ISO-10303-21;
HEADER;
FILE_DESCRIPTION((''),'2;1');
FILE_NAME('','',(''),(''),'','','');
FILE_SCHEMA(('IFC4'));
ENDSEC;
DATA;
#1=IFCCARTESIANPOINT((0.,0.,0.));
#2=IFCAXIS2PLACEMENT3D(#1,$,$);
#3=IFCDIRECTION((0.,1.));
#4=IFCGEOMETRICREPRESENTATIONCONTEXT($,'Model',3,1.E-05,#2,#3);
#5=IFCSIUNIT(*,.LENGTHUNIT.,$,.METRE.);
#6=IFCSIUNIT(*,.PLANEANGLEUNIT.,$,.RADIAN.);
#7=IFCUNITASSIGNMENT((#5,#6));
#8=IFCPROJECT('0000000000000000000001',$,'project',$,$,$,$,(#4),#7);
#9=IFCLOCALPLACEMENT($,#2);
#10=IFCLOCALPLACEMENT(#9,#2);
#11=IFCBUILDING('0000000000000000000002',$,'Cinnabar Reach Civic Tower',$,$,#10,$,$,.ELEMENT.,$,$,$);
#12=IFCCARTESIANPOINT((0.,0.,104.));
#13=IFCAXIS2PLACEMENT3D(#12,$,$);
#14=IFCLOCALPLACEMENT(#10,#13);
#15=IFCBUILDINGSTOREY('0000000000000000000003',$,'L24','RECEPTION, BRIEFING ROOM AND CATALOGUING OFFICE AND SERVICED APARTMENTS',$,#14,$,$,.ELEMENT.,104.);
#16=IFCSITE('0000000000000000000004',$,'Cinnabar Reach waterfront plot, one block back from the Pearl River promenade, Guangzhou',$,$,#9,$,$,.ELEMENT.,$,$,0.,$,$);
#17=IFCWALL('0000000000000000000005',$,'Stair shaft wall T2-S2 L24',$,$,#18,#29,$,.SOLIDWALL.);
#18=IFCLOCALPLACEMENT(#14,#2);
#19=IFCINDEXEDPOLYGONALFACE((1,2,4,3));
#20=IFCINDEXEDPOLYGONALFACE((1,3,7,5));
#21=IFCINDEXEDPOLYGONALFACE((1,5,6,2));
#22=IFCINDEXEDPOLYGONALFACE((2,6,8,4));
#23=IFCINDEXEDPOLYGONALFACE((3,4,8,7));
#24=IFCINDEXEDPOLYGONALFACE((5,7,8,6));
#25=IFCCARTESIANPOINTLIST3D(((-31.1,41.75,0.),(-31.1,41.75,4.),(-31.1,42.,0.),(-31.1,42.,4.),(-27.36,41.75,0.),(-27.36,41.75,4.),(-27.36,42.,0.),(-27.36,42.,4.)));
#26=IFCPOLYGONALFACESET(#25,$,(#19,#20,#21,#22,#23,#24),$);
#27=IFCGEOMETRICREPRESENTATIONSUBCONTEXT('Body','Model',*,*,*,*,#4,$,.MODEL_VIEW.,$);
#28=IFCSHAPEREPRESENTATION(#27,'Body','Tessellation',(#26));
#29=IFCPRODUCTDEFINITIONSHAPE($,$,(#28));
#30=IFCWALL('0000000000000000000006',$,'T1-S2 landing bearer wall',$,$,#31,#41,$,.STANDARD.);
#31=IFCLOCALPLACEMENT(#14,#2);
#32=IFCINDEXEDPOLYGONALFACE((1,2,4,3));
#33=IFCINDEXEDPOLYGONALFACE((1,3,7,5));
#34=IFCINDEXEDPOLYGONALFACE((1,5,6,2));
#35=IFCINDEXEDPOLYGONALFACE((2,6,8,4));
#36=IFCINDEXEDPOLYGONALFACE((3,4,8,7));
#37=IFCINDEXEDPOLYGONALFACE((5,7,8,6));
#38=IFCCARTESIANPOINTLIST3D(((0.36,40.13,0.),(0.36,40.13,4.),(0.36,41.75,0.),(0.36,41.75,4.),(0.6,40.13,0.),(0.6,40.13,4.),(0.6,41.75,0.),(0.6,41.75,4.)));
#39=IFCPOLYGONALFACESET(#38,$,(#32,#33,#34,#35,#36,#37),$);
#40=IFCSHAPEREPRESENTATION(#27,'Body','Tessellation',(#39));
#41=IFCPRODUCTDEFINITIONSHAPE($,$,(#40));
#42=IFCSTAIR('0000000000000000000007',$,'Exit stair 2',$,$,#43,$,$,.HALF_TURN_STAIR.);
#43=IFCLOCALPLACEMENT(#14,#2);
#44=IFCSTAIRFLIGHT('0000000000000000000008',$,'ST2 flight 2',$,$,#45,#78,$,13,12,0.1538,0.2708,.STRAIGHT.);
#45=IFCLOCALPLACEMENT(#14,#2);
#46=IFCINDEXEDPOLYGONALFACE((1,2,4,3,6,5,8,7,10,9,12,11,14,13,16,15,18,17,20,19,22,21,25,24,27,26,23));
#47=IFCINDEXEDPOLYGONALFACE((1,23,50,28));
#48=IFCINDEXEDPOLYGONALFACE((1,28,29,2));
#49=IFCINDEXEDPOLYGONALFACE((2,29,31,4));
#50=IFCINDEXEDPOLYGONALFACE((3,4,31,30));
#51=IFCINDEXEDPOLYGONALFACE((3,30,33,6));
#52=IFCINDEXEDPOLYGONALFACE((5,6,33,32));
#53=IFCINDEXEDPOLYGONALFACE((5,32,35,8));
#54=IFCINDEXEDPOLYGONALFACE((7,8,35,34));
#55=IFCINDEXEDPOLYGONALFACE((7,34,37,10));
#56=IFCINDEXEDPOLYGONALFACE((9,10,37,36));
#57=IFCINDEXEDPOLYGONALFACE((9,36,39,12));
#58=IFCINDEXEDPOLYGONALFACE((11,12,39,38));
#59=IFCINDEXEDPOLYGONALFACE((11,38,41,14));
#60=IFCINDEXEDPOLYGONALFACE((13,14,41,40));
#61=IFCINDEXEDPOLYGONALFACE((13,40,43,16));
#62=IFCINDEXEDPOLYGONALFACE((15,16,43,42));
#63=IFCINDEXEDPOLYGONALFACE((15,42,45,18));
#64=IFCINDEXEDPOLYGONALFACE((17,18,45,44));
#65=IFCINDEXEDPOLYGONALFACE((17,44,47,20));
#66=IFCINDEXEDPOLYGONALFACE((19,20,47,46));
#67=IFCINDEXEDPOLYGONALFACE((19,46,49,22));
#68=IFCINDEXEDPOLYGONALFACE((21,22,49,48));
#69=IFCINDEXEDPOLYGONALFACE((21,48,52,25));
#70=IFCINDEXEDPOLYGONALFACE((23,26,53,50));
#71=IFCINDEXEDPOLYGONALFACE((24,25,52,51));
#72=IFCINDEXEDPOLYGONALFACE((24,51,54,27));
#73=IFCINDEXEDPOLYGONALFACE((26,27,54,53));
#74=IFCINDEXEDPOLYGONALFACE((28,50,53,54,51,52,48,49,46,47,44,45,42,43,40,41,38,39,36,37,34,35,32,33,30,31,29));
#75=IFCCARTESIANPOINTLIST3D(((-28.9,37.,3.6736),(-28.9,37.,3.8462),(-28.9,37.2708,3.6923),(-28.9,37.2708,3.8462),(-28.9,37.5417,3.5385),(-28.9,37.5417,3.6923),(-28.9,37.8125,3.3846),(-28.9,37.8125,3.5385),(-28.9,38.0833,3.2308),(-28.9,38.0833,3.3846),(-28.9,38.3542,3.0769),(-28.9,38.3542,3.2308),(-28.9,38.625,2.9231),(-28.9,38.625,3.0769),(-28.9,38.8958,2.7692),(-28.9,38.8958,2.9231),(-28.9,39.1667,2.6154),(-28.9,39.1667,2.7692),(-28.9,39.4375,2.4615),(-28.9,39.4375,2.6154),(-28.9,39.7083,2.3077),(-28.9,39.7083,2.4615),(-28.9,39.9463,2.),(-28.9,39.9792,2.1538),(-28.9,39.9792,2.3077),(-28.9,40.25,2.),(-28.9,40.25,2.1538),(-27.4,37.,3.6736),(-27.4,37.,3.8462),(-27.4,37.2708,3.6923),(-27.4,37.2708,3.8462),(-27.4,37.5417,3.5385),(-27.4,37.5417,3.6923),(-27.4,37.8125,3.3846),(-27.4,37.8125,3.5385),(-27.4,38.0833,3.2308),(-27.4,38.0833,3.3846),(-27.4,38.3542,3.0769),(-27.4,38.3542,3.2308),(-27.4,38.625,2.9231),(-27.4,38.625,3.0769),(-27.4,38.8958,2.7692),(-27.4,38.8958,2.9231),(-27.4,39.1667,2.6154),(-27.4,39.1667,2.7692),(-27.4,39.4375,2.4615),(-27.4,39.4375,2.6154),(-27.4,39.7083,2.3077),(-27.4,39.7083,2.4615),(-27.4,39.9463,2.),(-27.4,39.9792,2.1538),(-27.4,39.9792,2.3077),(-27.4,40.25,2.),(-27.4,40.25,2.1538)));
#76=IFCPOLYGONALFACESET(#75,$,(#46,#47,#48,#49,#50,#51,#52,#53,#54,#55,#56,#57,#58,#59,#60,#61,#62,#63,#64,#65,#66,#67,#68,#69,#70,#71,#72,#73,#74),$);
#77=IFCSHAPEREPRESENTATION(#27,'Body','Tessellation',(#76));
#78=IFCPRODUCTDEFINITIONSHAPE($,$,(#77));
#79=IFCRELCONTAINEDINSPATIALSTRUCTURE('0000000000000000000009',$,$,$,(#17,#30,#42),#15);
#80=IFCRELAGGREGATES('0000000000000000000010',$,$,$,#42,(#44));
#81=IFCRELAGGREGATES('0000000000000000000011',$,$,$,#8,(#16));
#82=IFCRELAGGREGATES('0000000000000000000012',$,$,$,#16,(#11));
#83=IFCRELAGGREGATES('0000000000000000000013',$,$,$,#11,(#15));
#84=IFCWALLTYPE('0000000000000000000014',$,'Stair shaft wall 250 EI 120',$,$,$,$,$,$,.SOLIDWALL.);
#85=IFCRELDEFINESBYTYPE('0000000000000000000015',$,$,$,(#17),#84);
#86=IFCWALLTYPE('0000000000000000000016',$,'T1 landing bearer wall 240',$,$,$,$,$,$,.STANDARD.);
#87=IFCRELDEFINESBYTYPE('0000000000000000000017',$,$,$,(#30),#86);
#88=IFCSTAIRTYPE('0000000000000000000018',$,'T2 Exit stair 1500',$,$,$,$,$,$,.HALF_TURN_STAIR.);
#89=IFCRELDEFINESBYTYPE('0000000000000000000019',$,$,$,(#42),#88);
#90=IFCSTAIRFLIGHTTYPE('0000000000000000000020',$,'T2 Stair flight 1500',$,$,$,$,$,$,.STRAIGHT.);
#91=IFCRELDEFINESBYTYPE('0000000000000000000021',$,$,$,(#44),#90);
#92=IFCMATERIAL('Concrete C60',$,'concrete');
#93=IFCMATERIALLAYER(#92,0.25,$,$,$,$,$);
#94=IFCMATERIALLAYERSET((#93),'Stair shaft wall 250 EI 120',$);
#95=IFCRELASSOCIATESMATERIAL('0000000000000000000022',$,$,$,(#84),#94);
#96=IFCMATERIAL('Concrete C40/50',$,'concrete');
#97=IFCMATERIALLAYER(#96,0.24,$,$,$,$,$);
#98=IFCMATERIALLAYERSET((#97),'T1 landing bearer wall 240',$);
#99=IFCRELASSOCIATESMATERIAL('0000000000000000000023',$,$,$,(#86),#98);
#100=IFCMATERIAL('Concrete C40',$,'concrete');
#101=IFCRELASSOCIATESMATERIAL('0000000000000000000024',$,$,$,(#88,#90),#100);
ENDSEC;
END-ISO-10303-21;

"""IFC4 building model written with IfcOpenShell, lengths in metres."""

from ifc_helpers import new_model, si_unit, direction, frame, frame_2d, origin, place, context, subcontext, project, spatial, polyline, rectangle, outline, extrude, material, layer, layer_set, type_object, element, aggregate, save


model = new_model("IFC4")

# Units and contexts
model_context = context("Model", 3, precision=1e-05, world=origin(), true_north=direction((0.0, 1.0)))
body_context = subcontext(model_context, "Body", "Model", "MODEL_VIEW")
ifc_project = project(units=[si_unit("LENGTHUNIT", "METRE"), si_unit("PLANEANGLEUNIT", "RADIAN")], contexts=[model_context])

# Site, building, storey
site_placement = place(None, origin())
site = spatial("IfcSite", under=ifc_project, at=site_placement, Name="Cinnabar Reach waterfront plot, one block back from the Pearl River promenade, Guangzhou", CompositionType="ELEMENT", RefElevation=0.0)
building_placement = place(site_placement, origin())
building = spatial("IfcBuilding", under=site, at=building_placement, Name="Cinnabar Reach Civic Tower", CompositionType="ELEMENT")
storey_placement = place(building_placement, frame((0.0, 0.0, 104.0)))
storey = spatial("IfcBuildingStorey", under=building, at=storey_placement, Name="L24", Description="RECEPTION, BRIEFING ROOM AND CATALOGUING OFFICE AND SERVICED APARTMENTS", CompositionType="ELEMENT", Elevation=104.0)

# Shared definitions
ifc_material_1 = material(Name="Concrete C60", Category="concrete")

# Shared definitions
ifc_material_2 = material(Name="Concrete C40", Category="concrete")

# Shared definitions
ifc_layer_1 = layer(ifc_material_1, 0.25)
ifc_layer_set_1 = layer_set([ifc_layer_1], Name="Stair shaft wall 250 EI 120")
wall_type_1 = type_object("IfcWallType", Name="Stair shaft wall 250 EI 120", PredefinedType="SOLIDWALL", material=ifc_layer_set_1)

# Walls
wall_1_placement = place(storey_placement, frame((-27.36, 41.875, 0.0), z_axis=(0.0, 0.0, 1.0), x_axis=(-1.0, 0.0, 0.0)))
element("IfcWall", 1, at=wall_1_placement, inside=storey, type_object=wall_type_1, Name="Stair shaft wall T2-S2 L24", PredefinedType="SOLIDWALL", context=body_context, shape_type="SweptSolid", body=[
    extrude(rectangle(XDim=3.74, YDim=0.25, at=frame_2d((1.87, 0.0))), origin(), (0.0, 0.0, 1.0), 4.0),
])
ifc_material_3 = material(Name="Concrete C40/50", Category="concrete")
ifc_layer_2 = layer(ifc_material_3, 0.24)
ifc_layer_set_2 = layer_set([ifc_layer_2], Name="T1 landing bearer wall 240")
wall_type_2 = type_object("IfcWallType", Name="T1 landing bearer wall 240", PredefinedType="STANDARD", material=ifc_layer_set_2)
wall_2_placement = place(storey_placement, frame((0.48, 40.13, 0.0), z_axis=(0.0, 0.0, 1.0), x_axis=(0.0, 1.0, 0.0)))
element("IfcWall", 2, at=wall_2_placement, inside=storey, type_object=wall_type_2, Name="T1-S2 landing bearer wall", PredefinedType="STANDARD", context=body_context, shape_type="SweptSolid", body=[
    extrude(rectangle(XDim=1.62, YDim=0.24, at=frame_2d((0.81, 0.0))), origin(), (0.0, 0.0, 1.0), 4.0),
])

# Stair, stair flight
stair_type = type_object("IfcStairType", Name="T2 Exit stair 1500", PredefinedType="HALF_TURN_STAIR", material=ifc_material_2)
stair_placement = place(storey_placement, origin())
stair = element("IfcStair", 3, at=stair_placement, inside=storey, type_object=stair_type, Name="Exit stair 2", PredefinedType="HALF_TURN_STAIR")
stair_flight_type = type_object("IfcStairFlightType", Name="T2 Stair flight 1500", PredefinedType="STRAIGHT", material=ifc_material_2)
stair_flight_placement = place(storey_placement, frame((-28.15, 40.25, 2.0), z_axis=(0.0, 0.0, 1.0), x_axis=(0.0, -1.0, 0.0)))
stair_flight = element("IfcStairFlight", 4, at=stair_flight_placement, type_object=stair_flight_type, Name="ST2 flight 2", NumberOfRisers=13, NumberOfTreads=12, PredefinedType="STRAIGHT", RiserHeight=0.1538, TreadLength=0.2708, context=body_context, shape_type="SweptSolid", body=[
    extrude(outline(polyline([(0.0, 0.0), (0.0, 0.1538), (0.2708, 0.1538), (0.2708, 0.3077), (0.5417, 0.3077), (0.5417, 0.4615), (0.8125, 0.4615), (0.8125, 0.6154), (1.0833, 0.6154), (1.0833, 0.7692), (1.3542, 0.7692), (1.3542, 0.9231), (1.625, 0.9231), (1.625, 1.0769), (1.8958, 1.0769), (1.8958, 1.2308), (2.1667, 1.2308), (2.1667, 1.3846), (2.4375, 1.3846), (2.4375, 1.5385), (2.7083, 1.5385), (2.7083, 1.6923), (2.9792, 1.6923), (2.9792, 1.8462), (3.25, 1.8462), (3.25, 2.0), (3.25, 1.6736), (0.3037, 0.0), (0.0, 0.0)])), frame((0.0, 0.75, 0.0), z_axis=(0.0, -1.0, 0.0), x_axis=(1.0, 0.0, 0.0)), (0.0, 0.0, 1.0), 1.5),
])
aggregate(stair, [stair_flight])

save(model, "model.ifc")
